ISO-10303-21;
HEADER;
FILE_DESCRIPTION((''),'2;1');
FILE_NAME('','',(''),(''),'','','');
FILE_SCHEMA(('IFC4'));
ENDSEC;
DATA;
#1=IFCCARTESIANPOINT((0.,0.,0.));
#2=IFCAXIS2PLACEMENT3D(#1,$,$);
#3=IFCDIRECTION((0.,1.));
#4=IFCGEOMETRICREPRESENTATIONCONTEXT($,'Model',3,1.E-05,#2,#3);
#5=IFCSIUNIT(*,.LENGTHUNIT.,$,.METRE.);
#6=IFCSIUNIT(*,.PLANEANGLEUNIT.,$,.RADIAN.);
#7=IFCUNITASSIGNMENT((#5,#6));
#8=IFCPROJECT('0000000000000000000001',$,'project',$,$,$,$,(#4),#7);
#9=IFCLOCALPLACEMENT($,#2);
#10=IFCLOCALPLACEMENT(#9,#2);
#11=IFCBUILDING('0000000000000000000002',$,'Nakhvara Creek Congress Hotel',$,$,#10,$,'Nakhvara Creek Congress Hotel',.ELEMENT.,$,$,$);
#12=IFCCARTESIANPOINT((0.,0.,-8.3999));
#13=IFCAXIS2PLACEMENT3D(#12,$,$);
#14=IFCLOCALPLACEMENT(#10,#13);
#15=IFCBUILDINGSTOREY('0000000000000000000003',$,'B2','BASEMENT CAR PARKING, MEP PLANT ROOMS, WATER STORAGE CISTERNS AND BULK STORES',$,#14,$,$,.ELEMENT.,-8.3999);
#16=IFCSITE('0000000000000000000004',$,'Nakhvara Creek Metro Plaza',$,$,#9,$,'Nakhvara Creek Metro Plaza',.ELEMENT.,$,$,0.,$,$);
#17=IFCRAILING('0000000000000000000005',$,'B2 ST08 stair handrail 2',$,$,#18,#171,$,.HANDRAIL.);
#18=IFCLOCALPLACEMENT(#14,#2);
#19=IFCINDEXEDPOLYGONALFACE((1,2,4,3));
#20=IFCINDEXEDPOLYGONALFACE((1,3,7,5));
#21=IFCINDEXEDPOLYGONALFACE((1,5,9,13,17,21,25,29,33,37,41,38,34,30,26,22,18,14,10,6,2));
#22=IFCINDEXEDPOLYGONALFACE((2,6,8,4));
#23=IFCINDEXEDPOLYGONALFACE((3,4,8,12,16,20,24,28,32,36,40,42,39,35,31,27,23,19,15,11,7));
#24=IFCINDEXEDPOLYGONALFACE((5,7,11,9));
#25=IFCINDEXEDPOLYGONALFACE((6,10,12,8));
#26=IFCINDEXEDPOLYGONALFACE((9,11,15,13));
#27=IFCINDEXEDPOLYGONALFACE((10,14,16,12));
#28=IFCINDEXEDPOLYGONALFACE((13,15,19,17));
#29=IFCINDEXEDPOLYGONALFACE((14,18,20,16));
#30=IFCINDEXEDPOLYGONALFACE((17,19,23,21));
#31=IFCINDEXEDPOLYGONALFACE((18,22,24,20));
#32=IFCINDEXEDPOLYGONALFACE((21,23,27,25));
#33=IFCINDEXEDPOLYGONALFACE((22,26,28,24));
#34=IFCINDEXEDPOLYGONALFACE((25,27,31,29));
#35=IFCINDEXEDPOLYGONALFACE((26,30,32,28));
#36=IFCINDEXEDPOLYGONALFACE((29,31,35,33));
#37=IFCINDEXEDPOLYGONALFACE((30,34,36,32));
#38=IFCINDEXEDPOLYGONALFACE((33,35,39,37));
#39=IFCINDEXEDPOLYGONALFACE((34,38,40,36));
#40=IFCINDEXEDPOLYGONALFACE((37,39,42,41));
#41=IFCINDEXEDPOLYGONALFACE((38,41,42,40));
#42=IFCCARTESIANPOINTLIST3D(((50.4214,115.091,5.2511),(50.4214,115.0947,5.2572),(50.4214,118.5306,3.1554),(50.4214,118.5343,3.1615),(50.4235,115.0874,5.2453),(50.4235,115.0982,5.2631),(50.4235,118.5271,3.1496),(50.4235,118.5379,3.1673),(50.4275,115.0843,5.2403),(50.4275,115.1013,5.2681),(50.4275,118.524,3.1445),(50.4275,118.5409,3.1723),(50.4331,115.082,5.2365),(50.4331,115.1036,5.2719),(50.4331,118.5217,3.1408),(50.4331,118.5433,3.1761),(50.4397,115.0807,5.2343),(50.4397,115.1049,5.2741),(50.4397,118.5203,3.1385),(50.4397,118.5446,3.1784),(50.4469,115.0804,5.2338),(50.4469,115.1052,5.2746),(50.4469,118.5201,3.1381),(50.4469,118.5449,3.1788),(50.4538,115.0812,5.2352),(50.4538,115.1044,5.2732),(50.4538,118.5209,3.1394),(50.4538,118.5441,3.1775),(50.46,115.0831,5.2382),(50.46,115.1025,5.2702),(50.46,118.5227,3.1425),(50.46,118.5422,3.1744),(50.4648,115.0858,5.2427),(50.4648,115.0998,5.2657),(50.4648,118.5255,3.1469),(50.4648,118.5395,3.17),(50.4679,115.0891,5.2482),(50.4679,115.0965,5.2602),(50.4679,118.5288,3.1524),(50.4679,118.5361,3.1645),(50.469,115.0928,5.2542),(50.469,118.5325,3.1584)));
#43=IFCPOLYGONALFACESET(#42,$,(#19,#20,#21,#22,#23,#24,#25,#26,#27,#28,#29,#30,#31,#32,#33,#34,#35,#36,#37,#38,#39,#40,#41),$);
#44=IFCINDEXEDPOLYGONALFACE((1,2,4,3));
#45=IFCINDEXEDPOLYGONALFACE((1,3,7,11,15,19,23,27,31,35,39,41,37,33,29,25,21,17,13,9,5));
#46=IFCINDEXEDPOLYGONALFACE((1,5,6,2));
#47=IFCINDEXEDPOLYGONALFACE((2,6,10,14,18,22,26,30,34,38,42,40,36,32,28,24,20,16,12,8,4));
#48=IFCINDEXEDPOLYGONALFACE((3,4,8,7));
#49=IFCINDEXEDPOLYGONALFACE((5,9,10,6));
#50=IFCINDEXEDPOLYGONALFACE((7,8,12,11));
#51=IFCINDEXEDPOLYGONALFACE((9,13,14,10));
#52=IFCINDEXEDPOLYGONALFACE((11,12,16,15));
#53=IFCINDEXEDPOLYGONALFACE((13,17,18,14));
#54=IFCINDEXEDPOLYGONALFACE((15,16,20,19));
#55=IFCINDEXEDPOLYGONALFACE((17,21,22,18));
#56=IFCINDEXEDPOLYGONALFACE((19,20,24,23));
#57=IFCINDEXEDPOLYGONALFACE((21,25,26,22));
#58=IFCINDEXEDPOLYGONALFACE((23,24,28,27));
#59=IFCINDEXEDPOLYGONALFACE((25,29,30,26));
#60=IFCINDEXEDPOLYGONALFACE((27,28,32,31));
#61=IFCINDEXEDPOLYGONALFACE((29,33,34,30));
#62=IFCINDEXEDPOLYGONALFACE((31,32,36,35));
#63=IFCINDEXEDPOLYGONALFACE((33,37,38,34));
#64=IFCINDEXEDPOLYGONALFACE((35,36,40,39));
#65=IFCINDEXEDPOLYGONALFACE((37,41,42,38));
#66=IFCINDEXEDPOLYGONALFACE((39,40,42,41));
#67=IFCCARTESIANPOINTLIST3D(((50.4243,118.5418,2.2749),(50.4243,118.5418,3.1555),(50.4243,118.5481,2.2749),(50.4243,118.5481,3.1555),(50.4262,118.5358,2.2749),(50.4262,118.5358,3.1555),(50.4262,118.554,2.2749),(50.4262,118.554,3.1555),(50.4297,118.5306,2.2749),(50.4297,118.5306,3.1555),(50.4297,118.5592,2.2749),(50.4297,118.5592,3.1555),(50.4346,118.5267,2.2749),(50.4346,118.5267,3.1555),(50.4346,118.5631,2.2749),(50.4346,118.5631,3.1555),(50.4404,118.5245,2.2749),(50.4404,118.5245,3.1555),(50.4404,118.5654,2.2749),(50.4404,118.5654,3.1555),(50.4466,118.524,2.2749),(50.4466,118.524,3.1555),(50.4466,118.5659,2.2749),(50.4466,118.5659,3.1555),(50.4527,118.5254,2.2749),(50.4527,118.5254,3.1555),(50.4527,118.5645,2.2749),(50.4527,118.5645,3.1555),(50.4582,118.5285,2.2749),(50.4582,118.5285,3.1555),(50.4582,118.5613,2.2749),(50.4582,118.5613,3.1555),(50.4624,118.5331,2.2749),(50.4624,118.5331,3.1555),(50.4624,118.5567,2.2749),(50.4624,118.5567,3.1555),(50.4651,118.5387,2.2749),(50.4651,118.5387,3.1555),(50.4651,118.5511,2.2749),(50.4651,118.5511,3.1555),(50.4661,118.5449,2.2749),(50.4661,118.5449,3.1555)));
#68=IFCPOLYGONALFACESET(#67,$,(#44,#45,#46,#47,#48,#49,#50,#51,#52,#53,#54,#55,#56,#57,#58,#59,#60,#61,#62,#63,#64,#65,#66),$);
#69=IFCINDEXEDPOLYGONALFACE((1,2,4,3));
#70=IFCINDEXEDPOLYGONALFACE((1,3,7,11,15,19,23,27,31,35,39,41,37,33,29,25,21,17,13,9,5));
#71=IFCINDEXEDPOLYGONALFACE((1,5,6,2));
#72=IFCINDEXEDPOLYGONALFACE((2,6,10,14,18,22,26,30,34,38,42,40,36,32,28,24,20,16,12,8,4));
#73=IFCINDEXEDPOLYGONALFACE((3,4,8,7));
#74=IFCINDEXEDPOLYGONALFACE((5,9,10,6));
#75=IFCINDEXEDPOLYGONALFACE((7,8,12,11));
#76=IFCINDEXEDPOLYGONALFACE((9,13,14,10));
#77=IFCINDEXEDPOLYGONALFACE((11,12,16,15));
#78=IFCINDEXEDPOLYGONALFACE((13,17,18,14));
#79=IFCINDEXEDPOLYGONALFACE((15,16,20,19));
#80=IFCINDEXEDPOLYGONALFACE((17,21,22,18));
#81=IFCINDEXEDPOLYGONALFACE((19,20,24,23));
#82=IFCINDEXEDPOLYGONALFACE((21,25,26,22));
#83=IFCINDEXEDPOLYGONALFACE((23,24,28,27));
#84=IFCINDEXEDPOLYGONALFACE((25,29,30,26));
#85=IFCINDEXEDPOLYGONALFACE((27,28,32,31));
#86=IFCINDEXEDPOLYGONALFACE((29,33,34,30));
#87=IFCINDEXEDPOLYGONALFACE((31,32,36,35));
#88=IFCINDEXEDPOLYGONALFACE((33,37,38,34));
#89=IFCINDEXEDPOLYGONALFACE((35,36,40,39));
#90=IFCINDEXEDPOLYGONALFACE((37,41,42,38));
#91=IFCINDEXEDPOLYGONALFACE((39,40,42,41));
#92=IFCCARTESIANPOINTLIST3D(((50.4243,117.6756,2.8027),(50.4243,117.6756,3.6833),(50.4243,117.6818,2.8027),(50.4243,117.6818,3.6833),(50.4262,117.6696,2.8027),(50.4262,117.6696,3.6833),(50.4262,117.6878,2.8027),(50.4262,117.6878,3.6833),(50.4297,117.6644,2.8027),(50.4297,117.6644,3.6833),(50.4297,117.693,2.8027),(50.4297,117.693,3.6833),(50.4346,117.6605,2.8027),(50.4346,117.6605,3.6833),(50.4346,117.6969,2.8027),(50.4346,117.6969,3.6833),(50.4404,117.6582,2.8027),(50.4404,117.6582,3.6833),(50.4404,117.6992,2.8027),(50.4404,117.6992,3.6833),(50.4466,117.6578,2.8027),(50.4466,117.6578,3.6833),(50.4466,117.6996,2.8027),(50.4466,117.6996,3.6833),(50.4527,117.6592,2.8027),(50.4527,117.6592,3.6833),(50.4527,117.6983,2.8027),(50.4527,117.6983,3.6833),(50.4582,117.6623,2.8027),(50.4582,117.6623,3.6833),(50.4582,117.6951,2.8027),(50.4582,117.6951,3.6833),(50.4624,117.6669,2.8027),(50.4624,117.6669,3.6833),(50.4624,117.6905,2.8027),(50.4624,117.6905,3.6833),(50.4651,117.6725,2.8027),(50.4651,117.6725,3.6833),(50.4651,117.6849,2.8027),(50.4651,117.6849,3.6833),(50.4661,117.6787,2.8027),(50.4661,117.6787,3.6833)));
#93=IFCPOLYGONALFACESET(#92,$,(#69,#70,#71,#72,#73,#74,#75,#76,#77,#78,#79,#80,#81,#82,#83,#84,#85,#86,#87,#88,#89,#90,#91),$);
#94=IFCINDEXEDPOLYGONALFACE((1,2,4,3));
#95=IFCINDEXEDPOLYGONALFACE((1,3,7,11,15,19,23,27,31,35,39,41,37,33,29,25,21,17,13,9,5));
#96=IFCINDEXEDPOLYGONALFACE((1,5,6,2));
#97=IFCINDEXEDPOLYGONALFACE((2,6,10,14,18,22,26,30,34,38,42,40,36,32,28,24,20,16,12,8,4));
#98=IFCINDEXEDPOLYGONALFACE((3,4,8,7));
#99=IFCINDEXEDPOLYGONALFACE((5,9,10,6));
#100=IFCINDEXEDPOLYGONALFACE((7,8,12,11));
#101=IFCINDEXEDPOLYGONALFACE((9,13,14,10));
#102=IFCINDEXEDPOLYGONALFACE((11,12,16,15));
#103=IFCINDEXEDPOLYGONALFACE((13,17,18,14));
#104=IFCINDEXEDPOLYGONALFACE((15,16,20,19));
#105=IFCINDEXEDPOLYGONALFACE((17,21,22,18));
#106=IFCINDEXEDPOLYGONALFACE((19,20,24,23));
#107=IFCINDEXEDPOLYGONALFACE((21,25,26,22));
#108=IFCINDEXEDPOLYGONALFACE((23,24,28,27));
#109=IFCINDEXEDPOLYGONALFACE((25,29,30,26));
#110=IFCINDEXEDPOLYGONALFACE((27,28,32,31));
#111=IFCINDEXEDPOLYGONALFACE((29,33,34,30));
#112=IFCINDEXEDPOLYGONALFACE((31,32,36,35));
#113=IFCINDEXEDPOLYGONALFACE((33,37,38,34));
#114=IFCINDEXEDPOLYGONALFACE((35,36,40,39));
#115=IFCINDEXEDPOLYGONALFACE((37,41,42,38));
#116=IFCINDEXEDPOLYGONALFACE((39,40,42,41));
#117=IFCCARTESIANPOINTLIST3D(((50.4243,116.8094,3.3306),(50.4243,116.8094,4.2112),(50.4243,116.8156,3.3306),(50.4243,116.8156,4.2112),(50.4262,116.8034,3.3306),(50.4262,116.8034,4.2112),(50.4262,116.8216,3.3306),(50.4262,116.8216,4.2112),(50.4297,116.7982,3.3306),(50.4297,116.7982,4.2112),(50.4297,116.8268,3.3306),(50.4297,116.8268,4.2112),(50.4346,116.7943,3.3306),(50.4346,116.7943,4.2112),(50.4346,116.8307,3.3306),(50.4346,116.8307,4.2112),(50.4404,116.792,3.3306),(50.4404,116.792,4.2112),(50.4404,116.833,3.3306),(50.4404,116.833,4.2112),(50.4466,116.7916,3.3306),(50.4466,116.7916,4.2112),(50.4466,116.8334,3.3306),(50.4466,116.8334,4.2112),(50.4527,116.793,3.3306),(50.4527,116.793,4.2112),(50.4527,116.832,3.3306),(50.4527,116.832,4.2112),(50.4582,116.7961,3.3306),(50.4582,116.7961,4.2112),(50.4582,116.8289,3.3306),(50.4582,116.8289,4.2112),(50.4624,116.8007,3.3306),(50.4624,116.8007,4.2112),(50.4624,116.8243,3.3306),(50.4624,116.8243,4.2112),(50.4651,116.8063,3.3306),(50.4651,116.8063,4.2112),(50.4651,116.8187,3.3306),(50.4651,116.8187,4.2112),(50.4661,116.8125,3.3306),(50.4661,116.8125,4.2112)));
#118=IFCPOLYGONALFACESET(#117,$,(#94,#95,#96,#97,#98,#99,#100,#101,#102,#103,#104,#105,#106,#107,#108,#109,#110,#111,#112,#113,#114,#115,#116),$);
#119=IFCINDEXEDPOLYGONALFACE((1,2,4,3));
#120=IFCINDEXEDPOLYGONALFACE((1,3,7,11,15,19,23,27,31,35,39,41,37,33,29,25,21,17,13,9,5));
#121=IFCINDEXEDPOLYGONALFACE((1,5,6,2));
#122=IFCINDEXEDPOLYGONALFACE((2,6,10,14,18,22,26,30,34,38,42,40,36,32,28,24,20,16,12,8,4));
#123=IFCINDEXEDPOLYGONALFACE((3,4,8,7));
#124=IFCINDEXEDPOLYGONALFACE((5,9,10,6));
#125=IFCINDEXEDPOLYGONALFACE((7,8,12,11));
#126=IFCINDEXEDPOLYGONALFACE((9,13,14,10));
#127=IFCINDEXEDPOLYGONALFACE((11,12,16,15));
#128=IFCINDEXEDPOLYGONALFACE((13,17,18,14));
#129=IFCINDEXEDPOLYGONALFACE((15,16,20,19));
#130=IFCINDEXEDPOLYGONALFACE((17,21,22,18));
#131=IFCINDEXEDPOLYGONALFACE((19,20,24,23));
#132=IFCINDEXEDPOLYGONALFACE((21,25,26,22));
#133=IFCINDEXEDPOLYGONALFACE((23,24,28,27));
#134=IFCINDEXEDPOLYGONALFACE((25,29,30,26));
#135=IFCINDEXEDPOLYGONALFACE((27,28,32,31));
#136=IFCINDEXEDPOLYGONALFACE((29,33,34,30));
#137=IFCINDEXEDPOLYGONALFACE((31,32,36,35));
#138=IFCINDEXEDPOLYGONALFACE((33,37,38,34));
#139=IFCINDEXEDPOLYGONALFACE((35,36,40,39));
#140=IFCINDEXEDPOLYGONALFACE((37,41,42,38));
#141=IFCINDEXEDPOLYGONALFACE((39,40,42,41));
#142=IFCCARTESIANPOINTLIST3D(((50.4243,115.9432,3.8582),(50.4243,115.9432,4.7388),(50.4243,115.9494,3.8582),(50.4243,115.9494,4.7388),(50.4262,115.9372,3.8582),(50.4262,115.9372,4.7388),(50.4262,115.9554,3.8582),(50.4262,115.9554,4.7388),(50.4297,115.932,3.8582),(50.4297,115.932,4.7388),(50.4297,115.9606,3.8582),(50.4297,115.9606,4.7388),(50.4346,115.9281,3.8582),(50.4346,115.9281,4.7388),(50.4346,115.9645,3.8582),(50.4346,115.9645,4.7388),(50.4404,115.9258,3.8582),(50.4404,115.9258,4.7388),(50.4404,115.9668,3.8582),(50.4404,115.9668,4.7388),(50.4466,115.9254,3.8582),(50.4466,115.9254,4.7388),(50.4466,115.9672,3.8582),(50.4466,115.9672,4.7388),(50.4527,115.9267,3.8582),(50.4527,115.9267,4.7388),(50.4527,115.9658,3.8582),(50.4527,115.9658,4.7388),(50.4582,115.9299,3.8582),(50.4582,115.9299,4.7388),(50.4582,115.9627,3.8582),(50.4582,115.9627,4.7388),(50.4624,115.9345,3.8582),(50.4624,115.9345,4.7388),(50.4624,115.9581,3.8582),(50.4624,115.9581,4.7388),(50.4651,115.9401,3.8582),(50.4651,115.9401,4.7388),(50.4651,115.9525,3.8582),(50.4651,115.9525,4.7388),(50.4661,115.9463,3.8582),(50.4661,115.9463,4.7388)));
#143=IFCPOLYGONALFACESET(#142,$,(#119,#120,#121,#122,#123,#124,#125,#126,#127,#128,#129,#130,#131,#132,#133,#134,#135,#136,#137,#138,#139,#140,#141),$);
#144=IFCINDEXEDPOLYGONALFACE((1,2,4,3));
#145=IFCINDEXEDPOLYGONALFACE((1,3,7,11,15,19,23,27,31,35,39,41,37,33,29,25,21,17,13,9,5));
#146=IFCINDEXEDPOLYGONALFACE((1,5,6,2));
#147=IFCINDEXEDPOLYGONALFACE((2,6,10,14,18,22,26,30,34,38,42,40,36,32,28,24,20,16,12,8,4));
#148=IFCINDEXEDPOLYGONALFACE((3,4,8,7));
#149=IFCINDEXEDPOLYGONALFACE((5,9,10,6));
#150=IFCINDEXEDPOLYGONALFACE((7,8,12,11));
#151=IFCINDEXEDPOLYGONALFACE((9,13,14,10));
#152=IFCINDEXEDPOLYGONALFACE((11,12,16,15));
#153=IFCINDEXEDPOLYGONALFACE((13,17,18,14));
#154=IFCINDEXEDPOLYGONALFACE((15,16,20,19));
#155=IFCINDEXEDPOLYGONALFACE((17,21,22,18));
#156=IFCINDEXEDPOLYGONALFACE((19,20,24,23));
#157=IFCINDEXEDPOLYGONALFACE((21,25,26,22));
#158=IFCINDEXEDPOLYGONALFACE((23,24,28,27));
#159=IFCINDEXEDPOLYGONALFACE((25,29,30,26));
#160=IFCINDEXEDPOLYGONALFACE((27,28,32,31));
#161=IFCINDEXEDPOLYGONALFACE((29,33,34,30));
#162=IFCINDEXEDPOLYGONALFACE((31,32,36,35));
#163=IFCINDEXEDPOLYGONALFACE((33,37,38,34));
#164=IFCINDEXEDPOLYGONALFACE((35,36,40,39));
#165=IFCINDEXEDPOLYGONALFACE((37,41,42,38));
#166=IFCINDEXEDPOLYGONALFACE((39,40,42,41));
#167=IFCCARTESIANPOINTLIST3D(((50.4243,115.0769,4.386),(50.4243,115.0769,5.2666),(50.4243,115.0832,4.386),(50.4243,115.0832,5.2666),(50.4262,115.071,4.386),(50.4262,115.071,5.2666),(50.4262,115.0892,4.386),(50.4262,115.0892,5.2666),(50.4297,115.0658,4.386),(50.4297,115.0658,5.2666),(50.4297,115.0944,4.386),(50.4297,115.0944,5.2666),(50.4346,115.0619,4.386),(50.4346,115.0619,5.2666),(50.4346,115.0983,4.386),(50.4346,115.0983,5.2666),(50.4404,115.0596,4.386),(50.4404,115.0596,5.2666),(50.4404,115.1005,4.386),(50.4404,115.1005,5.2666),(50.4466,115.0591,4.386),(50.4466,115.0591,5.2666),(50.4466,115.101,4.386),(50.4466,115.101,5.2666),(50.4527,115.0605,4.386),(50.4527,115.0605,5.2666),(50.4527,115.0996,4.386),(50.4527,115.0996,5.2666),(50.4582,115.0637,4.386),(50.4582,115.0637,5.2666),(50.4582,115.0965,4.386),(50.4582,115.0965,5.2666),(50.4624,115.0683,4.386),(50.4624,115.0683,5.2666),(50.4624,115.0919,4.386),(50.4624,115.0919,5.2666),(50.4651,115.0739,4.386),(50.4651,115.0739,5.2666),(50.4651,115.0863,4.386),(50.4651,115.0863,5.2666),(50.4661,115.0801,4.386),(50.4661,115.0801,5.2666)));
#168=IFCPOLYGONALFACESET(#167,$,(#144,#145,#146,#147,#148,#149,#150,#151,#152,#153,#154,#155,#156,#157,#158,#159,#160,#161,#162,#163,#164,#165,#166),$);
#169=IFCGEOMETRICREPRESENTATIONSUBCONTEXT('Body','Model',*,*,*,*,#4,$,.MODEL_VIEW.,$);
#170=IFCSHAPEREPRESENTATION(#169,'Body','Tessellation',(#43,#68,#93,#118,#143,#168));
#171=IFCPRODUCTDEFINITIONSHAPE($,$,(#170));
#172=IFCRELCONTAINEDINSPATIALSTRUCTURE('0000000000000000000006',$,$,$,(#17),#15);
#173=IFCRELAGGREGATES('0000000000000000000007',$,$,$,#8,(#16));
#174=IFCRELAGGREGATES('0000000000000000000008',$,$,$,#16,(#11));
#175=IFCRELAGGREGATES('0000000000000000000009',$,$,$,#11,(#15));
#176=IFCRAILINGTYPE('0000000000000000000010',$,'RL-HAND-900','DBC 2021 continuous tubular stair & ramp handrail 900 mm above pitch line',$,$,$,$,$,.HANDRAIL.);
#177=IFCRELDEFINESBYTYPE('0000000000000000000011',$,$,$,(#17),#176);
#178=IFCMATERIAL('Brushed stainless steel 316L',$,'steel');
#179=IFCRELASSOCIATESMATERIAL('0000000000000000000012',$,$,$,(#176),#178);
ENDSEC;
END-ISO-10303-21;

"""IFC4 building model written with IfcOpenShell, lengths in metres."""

from ifc_helpers import new_model, si_unit, direction, frame, origin, origin_2d, place, context, subcontext, project, spatial, circle, extrude, material, type_object, element, save


model = new_model("IFC4")

# Units and contexts
model_context = context("Model", 3, precision=1e-05, world=origin(), true_north=direction((0.0, 1.0)))
body_context = subcontext(model_context, "Body", "Model", "MODEL_VIEW")
ifc_project = project(units=[si_unit("LENGTHUNIT", "METRE"), si_unit("PLANEANGLEUNIT", "RADIAN")], contexts=[model_context])

# Site, building, storey
site_placement = place(None, origin())
site = spatial("IfcSite", under=ifc_project, at=site_placement, Name="Nakhvara Creek Metro Plaza", LongName="Nakhvara Creek Metro Plaza", CompositionType="ELEMENT", RefElevation=0.0)
building_placement = place(site_placement, origin())
building = spatial("IfcBuilding", under=site, at=building_placement, Name="Nakhvara Creek Congress Hotel", LongName="Nakhvara Creek Congress Hotel", CompositionType="ELEMENT")
storey_placement = place(building_placement, frame((0.0, 0.0, -8.3999)))
storey = spatial("IfcBuildingStorey", under=building, at=storey_placement, Name="B2", Description="BASEMENT CAR PARKING, MEP PLANT ROOMS, WATER STORAGE CISTERNS AND BULK STORES", CompositionType="ELEMENT", Elevation=-8.3999)

# Railing
ifc_material_1 = material(Name="Brushed stainless steel 316L", Category="steel")
railing_type_1 = type_object("IfcRailingType", Name="RL-HAND-900", Description="DBC 2021 continuous tubular stair & ramp handrail 900 mm above pitch line", PredefinedType="HANDRAIL", material=ifc_material_1)
railing_1_placement = place(storey_placement, frame((50.4451, 118.5449, 2.2749)))
element("IfcRailing", 1, at=railing_1_placement, inside=storey, type_object=railing_type_1, Name="B2 ST08 stair handrail 2", PredefinedType="HANDRAIL", context=body_context, shape_type="SweptSolid", body=[
    extrude(circle(Radius=0.0239, at=origin_2d()), frame((0.0, -0.0125, 0.8835), z_axis=(0.0, -0.853974, 0.520315), x_axis=(1.0, 0.0, 0.0)), (0.0, 0.0, 1.0), 4.0278),
    extrude(circle(Radius=0.021, at=origin_2d()), origin(), (0.0, 0.0, 1.0), 0.8806),
    extrude(circle(Radius=0.021, at=origin_2d()), frame((0.0, -0.8662, 0.5278)), (0.0, 0.0, 1.0), 0.8806),
    extrude(circle(Radius=0.021, at=origin_2d()), frame((0.0, -1.7324, 1.0557)), (0.0, 0.0, 1.0), 0.8806),
    extrude(circle(Radius=0.021, at=origin_2d()), frame((0.0, -2.5986, 1.5833)), (0.0, 0.0, 1.0), 0.8806),
    extrude(circle(Radius=0.021, at=origin_2d()), frame((0.0, -3.4648, 2.1111)), (0.0, 0.0, 1.0), 0.8806),
])

save(model, "model.ifc")
